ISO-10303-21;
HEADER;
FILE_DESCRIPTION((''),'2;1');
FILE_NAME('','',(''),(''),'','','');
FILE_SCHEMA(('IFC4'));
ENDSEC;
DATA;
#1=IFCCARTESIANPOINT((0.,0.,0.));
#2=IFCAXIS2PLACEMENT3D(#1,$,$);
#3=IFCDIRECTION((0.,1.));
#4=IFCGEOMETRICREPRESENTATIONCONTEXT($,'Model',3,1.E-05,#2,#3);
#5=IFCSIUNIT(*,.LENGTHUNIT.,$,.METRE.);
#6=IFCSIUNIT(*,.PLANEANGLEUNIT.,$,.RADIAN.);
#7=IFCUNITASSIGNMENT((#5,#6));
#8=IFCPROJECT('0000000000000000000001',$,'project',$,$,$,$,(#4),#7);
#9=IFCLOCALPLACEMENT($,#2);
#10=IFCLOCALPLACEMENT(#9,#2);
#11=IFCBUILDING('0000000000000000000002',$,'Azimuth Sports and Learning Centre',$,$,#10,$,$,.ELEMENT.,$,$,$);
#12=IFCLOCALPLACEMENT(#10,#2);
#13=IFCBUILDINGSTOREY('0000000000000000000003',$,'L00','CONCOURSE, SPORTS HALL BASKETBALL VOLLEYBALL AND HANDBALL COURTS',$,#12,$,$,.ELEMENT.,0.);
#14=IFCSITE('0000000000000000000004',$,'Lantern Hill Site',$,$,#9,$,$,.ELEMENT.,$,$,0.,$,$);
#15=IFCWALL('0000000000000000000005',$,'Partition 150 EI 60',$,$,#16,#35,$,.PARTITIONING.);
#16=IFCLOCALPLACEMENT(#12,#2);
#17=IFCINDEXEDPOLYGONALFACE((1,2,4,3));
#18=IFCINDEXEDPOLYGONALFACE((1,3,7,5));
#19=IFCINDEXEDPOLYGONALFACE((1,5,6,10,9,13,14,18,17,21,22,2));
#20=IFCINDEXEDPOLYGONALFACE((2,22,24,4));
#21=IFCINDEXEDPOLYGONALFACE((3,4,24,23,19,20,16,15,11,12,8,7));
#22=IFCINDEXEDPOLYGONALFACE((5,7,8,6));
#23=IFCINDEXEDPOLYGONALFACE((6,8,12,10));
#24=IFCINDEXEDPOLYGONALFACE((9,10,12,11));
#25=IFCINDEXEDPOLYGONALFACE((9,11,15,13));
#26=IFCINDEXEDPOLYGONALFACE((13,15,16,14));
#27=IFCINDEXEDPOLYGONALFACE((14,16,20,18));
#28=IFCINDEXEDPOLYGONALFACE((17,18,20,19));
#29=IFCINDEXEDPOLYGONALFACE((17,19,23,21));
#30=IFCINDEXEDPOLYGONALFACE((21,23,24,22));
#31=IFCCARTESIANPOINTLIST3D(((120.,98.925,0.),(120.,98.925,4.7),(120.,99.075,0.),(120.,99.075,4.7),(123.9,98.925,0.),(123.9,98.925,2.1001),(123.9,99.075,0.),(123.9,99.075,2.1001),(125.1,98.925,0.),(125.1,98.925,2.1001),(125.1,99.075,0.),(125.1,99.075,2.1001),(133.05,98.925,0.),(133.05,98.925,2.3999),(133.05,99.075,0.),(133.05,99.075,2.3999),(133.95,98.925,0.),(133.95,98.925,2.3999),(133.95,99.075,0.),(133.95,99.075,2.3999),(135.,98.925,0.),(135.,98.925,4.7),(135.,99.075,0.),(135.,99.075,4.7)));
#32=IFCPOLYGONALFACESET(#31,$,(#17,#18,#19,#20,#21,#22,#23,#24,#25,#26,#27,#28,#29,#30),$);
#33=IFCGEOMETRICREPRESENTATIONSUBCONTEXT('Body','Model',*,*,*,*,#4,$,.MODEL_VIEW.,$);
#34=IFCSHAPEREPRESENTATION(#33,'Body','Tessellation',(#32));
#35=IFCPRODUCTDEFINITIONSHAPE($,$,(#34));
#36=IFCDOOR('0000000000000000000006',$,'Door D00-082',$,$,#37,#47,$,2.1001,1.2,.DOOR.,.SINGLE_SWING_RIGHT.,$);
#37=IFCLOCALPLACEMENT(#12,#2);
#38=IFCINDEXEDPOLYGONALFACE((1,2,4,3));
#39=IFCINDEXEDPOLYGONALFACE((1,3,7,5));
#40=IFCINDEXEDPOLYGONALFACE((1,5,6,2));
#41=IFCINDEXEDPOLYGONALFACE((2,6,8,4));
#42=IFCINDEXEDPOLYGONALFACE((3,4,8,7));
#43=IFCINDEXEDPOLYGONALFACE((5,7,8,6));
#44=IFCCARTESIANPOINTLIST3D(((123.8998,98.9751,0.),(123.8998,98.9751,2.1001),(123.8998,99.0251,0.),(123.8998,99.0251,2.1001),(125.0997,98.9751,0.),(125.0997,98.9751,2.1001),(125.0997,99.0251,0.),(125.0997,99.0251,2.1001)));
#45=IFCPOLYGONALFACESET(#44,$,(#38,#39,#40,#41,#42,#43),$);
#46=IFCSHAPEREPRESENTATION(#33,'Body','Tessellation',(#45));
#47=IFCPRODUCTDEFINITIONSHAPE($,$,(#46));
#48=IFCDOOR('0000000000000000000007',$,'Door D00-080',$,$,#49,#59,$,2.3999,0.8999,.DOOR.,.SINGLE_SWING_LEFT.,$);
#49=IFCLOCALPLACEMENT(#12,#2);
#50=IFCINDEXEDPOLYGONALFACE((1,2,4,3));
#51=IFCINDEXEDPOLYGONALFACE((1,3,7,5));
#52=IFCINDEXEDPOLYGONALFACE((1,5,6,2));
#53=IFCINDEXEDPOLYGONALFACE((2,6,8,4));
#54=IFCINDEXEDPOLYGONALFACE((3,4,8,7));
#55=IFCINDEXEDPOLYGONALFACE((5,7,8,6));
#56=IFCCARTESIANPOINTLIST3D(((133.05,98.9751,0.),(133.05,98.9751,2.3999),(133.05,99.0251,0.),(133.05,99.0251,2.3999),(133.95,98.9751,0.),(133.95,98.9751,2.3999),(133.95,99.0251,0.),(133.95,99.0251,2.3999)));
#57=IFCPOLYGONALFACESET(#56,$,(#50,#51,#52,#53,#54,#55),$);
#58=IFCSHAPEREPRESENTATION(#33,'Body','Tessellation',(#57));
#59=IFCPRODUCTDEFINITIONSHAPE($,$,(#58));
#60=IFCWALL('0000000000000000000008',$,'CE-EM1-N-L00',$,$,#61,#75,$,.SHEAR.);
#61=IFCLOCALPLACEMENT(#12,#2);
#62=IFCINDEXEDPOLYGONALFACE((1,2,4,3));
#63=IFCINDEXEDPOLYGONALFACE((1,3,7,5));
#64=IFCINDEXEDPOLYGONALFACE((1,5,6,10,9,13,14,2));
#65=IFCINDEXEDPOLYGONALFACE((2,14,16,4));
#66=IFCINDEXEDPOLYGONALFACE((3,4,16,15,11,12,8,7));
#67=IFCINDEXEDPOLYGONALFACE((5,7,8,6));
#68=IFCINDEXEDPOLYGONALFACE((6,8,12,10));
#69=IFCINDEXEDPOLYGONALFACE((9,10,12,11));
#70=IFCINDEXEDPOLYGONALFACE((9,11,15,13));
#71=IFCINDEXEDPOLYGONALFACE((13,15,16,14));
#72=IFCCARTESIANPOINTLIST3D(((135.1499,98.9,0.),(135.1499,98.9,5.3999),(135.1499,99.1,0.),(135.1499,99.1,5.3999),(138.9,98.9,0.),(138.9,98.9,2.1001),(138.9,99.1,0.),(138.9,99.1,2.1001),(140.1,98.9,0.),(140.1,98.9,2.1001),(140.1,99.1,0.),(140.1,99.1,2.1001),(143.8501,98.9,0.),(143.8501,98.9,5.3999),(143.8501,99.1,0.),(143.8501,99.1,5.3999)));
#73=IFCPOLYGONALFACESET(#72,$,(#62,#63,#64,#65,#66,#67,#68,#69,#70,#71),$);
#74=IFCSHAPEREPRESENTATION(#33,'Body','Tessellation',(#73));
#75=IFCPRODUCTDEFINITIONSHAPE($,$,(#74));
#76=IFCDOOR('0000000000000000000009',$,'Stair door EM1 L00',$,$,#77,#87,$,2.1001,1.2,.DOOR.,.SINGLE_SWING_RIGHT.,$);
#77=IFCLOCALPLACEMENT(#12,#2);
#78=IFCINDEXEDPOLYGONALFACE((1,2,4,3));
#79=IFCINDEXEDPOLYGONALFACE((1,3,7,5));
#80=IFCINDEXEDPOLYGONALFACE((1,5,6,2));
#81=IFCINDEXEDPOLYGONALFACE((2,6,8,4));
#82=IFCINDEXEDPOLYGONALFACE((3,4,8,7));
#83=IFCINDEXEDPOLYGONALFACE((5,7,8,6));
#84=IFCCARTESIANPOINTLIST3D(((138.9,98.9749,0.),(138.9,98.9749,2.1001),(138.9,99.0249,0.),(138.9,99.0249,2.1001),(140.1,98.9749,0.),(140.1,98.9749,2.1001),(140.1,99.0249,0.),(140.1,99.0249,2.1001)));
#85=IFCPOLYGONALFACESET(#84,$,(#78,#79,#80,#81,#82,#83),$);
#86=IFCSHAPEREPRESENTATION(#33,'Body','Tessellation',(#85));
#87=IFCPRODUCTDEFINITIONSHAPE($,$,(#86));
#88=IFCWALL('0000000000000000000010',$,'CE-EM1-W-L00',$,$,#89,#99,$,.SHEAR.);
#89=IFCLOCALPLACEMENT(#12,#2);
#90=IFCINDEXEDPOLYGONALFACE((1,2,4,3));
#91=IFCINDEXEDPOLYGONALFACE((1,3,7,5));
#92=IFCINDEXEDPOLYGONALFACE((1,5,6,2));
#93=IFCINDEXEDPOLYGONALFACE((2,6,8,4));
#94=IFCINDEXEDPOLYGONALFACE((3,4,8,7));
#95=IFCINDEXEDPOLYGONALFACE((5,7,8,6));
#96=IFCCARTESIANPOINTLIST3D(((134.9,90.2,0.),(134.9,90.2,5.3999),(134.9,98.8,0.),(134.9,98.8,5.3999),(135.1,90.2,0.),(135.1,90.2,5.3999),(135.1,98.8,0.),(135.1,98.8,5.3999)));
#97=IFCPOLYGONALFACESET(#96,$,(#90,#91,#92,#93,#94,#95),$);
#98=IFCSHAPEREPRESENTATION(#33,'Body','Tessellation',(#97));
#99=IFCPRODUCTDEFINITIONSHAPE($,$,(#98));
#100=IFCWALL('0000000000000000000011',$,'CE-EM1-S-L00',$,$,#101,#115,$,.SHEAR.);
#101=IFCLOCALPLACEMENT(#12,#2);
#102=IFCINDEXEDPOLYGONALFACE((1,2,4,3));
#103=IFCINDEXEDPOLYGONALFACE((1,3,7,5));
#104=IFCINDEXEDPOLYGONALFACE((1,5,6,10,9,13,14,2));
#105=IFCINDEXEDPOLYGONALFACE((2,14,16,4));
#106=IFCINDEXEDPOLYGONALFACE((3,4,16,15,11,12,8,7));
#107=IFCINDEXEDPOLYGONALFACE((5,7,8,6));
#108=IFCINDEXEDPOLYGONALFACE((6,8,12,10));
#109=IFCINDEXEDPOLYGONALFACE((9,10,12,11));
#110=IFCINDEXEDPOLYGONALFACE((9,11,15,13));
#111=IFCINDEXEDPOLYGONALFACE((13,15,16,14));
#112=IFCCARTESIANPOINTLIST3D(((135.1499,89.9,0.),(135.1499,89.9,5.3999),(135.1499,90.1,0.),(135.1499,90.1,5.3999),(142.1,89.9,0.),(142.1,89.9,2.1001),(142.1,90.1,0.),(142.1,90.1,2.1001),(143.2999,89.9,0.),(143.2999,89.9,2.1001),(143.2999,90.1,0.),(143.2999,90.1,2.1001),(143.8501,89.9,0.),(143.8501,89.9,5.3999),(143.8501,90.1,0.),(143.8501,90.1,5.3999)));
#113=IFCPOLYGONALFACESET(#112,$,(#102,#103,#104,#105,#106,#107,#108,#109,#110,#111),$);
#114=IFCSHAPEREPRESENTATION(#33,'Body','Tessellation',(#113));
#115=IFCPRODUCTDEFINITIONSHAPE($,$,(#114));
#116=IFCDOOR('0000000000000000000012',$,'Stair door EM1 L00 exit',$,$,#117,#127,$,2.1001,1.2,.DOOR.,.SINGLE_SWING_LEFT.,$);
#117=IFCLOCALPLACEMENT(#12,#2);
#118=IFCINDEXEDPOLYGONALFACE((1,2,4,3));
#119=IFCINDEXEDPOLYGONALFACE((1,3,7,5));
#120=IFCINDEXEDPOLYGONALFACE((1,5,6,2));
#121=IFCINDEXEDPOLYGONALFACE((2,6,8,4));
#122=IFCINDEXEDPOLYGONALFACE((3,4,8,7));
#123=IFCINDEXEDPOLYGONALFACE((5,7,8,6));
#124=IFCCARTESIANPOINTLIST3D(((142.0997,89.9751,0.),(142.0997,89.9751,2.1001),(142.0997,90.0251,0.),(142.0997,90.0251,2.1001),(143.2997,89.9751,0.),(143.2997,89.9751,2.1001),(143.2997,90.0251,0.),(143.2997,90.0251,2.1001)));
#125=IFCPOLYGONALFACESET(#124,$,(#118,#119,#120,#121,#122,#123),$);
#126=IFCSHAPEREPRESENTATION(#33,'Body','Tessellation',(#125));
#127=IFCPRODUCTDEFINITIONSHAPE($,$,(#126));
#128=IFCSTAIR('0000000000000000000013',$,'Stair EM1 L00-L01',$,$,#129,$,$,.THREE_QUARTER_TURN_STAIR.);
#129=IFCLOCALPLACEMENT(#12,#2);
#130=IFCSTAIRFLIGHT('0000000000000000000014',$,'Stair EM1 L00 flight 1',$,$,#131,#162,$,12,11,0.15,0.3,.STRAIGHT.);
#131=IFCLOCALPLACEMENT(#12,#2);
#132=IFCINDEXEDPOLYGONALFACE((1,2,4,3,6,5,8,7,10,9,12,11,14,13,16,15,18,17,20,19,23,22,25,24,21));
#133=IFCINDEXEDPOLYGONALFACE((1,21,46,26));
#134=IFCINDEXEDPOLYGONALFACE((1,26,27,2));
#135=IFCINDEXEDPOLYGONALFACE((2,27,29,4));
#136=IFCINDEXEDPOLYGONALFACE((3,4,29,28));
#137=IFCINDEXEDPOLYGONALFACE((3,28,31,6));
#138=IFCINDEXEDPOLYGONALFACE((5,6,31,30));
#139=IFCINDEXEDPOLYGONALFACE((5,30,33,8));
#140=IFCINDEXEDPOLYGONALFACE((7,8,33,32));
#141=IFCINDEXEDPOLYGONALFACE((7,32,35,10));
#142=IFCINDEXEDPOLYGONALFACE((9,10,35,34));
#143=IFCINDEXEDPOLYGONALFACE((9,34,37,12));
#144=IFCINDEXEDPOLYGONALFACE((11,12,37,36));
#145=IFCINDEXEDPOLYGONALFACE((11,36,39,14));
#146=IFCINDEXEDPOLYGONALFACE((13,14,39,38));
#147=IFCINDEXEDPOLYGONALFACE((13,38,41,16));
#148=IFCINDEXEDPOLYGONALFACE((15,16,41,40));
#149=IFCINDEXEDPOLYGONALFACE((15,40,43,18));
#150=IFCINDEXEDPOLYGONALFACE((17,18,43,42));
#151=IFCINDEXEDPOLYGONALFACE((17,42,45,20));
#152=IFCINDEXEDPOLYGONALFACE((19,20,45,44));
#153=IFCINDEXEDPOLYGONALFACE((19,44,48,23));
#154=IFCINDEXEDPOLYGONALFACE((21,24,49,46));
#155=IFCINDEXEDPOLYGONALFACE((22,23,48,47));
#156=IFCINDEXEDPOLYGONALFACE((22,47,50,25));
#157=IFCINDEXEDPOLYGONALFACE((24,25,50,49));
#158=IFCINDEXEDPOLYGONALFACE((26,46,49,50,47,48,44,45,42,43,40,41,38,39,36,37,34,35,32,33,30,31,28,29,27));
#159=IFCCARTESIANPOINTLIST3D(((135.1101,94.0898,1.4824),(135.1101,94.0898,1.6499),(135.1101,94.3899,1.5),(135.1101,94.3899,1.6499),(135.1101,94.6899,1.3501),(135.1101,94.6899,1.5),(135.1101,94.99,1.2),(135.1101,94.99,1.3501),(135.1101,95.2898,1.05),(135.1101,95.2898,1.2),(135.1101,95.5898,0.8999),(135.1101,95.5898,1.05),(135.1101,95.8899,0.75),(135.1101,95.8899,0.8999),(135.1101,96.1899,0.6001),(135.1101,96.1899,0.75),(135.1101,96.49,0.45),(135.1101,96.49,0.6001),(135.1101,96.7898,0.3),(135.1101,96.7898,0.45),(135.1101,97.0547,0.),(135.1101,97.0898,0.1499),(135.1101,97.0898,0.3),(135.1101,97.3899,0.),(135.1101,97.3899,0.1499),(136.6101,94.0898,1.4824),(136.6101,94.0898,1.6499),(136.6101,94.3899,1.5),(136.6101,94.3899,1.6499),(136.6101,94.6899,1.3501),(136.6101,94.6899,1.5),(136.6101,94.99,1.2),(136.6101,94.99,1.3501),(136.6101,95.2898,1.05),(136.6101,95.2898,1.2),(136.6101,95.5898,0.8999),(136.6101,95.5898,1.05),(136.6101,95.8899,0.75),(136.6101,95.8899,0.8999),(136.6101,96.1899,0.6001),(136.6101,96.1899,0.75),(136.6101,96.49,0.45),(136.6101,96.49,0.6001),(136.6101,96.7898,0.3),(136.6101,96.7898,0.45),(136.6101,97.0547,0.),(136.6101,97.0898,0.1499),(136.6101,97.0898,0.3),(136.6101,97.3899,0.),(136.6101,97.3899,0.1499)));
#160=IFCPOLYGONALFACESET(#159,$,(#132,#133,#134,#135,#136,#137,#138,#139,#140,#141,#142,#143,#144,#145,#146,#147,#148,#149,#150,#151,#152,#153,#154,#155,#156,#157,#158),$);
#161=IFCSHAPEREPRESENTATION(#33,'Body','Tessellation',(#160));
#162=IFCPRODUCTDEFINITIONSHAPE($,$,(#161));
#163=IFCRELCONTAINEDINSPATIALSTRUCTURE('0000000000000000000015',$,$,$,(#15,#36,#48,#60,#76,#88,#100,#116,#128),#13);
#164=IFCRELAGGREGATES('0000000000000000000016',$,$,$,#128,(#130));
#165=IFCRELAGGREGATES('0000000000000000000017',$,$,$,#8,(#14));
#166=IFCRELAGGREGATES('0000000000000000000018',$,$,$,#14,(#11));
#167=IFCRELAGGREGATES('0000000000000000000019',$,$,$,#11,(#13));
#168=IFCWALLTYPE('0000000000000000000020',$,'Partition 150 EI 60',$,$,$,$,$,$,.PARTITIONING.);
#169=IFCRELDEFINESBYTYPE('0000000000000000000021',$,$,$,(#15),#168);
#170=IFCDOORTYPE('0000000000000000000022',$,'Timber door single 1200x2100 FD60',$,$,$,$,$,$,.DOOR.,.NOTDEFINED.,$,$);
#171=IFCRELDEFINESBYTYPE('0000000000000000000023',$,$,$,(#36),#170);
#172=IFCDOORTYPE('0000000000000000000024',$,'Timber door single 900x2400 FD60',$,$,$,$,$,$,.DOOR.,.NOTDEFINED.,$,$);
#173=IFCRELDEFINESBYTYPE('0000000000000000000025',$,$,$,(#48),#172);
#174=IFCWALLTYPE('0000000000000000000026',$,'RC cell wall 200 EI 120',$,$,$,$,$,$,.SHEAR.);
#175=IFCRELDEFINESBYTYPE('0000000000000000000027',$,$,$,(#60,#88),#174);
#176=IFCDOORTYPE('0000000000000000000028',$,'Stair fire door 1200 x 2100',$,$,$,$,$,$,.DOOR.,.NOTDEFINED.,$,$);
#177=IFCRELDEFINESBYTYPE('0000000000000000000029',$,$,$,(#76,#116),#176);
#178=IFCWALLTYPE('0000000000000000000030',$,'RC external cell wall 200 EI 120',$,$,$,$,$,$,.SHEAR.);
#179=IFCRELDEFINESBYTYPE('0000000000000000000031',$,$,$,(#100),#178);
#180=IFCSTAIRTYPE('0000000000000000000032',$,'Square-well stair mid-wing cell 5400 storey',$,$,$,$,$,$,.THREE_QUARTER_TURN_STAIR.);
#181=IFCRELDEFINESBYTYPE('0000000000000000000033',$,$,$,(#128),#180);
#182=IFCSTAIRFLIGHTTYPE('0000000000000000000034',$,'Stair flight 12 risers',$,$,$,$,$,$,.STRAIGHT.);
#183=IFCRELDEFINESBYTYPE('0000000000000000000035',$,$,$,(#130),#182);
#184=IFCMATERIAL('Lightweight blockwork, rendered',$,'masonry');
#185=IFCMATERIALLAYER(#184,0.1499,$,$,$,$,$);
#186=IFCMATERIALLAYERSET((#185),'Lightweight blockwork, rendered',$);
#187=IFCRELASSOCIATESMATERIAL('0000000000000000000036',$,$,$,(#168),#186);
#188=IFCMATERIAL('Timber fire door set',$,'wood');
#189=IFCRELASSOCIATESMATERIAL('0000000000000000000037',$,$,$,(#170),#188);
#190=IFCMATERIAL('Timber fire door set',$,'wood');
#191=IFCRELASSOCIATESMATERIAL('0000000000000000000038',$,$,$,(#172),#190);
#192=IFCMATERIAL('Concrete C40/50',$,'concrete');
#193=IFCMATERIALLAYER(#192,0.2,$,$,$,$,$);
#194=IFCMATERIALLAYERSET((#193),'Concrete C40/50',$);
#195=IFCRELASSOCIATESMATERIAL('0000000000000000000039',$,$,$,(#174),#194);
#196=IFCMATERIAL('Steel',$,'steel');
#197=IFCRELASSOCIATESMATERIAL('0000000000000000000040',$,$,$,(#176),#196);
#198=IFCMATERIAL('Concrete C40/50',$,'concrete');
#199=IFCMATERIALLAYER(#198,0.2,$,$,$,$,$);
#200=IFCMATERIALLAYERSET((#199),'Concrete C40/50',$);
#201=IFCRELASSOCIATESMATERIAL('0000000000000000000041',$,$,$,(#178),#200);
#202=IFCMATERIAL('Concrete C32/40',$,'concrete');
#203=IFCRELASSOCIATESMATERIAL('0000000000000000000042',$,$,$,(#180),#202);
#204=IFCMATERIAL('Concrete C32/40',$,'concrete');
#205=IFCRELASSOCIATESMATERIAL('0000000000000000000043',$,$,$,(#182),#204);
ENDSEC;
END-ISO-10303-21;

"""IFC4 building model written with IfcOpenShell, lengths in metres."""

from ifc_helpers import new_model, si_unit, direction, frame, frame_2d, origin, place, context, subcontext, project, spatial, polyline, rectangle, outline, extrude, material, layer, layer_set, type_object, element, fill, aggregate, save


model = new_model("IFC4")

# Units and contexts
model_context = context("Model", 3, precision=1e-05, world=origin(), true_north=direction((0.0, 1.0)))
body_context = subcontext(model_context, "Body", "Model", "MODEL_VIEW")
ifc_project = project(units=[si_unit("LENGTHUNIT", "METRE"), si_unit("PLANEANGLEUNIT", "RADIAN")], contexts=[model_context])

# Site, building, storey
site_placement = place(None, origin())
site = spatial("IfcSite", under=ifc_project, at=site_placement, Name="Lantern Hill Site", CompositionType="ELEMENT", RefElevation=0.0)
building_placement = place(site_placement, origin())
building = spatial("IfcBuilding", under=site, at=building_placement, Name="Azimuth Sports and Learning Centre", CompositionType="ELEMENT")
storey_placement = place(building_placement, origin())
storey = spatial("IfcBuildingStorey", under=building, at=storey_placement, Name="L00", Description="CONCOURSE, SPORTS HALL BASKETBALL VOLLEYBALL AND HANDBALL COURTS", CompositionType="ELEMENT", Elevation=0.0)

# Wall, openings, doors
ifc_material_1 = material(Name="Lightweight blockwork, rendered", Category="masonry")
ifc_layer_1 = layer(ifc_material_1, 0.1499)
ifc_layer_set_1 = layer_set([ifc_layer_1], Name="Lightweight blockwork, rendered")
wall_type_1 = type_object("IfcWallType", Name="Partition 150 EI 60", PredefinedType="PARTITIONING", material=ifc_layer_set_1)
wall_1_placement = place(storey_placement, frame((120.0, 99.0, 0.0), z_axis=(0.0, 0.0, 1.0), x_axis=(1.0, 0.0, 0.0)))
wall_1 = element("IfcWall", 1, at=wall_1_placement, inside=storey, type_object=wall_type_1, Name="Partition 150 EI 60", PredefinedType="PARTITIONING", context=body_context, shape_type="SweptSolid", body=[
    extrude(rectangle(XDim=15.0, YDim=0.1499, at=frame_2d((7.5, 0.0))), origin(), (0.0, 0.0, 1.0), 4.7),
])
opening_1_placement = place(wall_1_placement, frame((13.05, 0.0, 0.0)))
opening_1 = element("IfcOpeningElement", 2, at=opening_1_placement, cuts=wall_1, PredefinedType="OPENING", context=body_context, shape_type="SweptSolid", body=[
    extrude(rectangle(XDim=0.8999, YDim=2.3999, at=frame_2d((0.45, 1.2))), frame((0.0, 0.0859, 0.0), z_axis=(0.0, -1.0, 0.0), x_axis=(1.0, 0.0, 0.0)), (0.0, 0.0, 1.0), 0.1719),
])
opening_2_placement = place(wall_1_placement, frame((3.8999, 0.0, 0.0)))
opening_2 = element("IfcOpeningElement", 3, at=opening_2_placement, cuts=wall_1, PredefinedType="OPENING", context=body_context, shape_type="SweptSolid", body=[
    extrude(rectangle(XDim=1.2, YDim=2.1001, at=frame_2d((0.6001, 1.05))), frame((0.0, 0.0859, 0.0), z_axis=(0.0, -1.0, 0.0), x_axis=(1.0, 0.0, 0.0)), (0.0, 0.0, 1.0), 0.1719),
])
ifc_material_2 = material(Name="Timber fire door set", Category="wood")
door_type_1 = type_object("IfcDoorType", Name="Timber door single 1200x2100 FD60", OperationType="NOTDEFINED", PredefinedType="DOOR", material=ifc_material_2)
door_1_placement = place(opening_2_placement, frame((1.2, 0.0, 0.0), z_axis=(0.0, 0.0, 1.0), x_axis=(-1.0, 0.0, 0.0)))
door_1 = element("IfcDoor", 4, at=door_1_placement, inside=storey, type_object=door_type_1, Name="Door D00-082", OperationType="SINGLE_SWING_RIGHT", OverallHeight=2.1001, OverallWidth=1.2, PredefinedType="DOOR", context=body_context, shape_type="SweptSolid", body=[
    extrude(rectangle(XDim=1.2, YDim=2.1001, at=frame_2d((0.6001, 1.05))), frame((0.0, 0.0249, 0.0), z_axis=(0.0, -1.0, 0.0), x_axis=(1.0, 0.0, 0.0)), (0.0, 0.0, 1.0), 0.05),
])
fill(opening_2, door_1)
ifc_material_3 = material(Name="Timber fire door set", Category="wood")
door_type_2 = type_object("IfcDoorType", Name="Timber door single 900x2400 FD60", OperationType="NOTDEFINED", PredefinedType="DOOR", material=ifc_material_3)
door_2_placement = place(opening_1_placement, frame((0.8999, 0.0, 0.0), z_axis=(0.0, 0.0, 1.0), x_axis=(-1.0, 0.0, 0.0)))
door_2 = element("IfcDoor", 5, at=door_2_placement, inside=storey, type_object=door_type_2, Name="Door D00-080", OperationType="SINGLE_SWING_LEFT", OverallHeight=2.3999, OverallWidth=0.8999, PredefinedType="DOOR", context=body_context, shape_type="SweptSolid", body=[
    extrude(rectangle(XDim=0.8999, YDim=2.3999, at=frame_2d((0.45, 1.2))), frame((0.0, 0.0249, 0.0), z_axis=(0.0, -1.0, 0.0), x_axis=(1.0, 0.0, 0.0)), (0.0, 0.0, 1.0), 0.05),
])
fill(opening_1, door_2)

# Wall, opening, door
ifc_material_4 = material(Name="Concrete C40/50", Category="concrete")
ifc_layer_2 = layer(ifc_material_4, 0.2)
ifc_layer_set_2 = layer_set([ifc_layer_2], Name="Concrete C40/50")
wall_type_2 = type_object("IfcWallType", Name="RC cell wall 200 EI 120", PredefinedType="SHEAR", material=ifc_layer_set_2)
wall_2_placement = place(storey_placement, frame((135.1499, 99.0, 0.0), z_axis=(0.0, 0.0, 1.0), x_axis=(1.0, 0.0, 0.0)))
wall_2 = element("IfcWall", 6, at=wall_2_placement, inside=storey, type_object=wall_type_2, Name="CE-EM1-N-L00", PredefinedType="SHEAR", context=body_context, shape_type="SweptSolid", body=[
    extrude(rectangle(XDim=8.7002, YDim=0.2, at=frame_2d((4.3501, 0.0))), origin(), (0.0, 0.0, 1.0), 5.3999),
])
opening_3_placement = place(wall_2_placement, frame((3.75, 0.0, 0.0)))
opening_3 = element("IfcOpeningElement", 7, at=opening_3_placement, cuts=wall_2, PredefinedType="OPENING", context=body_context, shape_type="SweptSolid", body=[
    extrude(rectangle(XDim=1.2, YDim=2.1001, at=frame_2d((0.6001, 1.05))), frame((0.0, 0.1108, 0.0), z_axis=(0.0, -1.0, 0.0), x_axis=(1.0, 0.0, 0.0)), (0.0, 0.0, 1.0), 0.2219),
])
ifc_material_5 = material(Name="Steel", Category="steel")
door_type_3 = type_object("IfcDoorType", Name="Stair fire door 1200 x 2100", OperationType="NOTDEFINED", PredefinedType="DOOR", material=ifc_material_5)
door_3_placement = place(opening_3_placement, origin())
door_3 = element("IfcDoor", 8, at=door_3_placement, inside=storey, type_object=door_type_3, Name="Stair door EM1 L00", OperationType="SINGLE_SWING_RIGHT", OverallHeight=2.1001, OverallWidth=1.2, PredefinedType="DOOR", context=body_context, shape_type="SweptSolid", body=[
    extrude(rectangle(XDim=1.2, YDim=2.1001, at=frame_2d((0.6001, 1.05))), frame((0.0, 0.0249, 0.0), z_axis=(0.0, -1.0, 0.0), x_axis=(1.0, 0.0, 0.0)), (0.0, 0.0, 1.0), 0.05),
])
fill(opening_3, door_3)

# Wall
wall_3_placement = place(storey_placement, frame((135.0, 90.2, 0.0), z_axis=(0.0, 0.0, 1.0), x_axis=(0.0, 1.0, 0.0)))
element("IfcWall", 9, at=wall_3_placement, inside=storey, type_object=wall_type_2, Name="CE-EM1-W-L00", PredefinedType="SHEAR", context=body_context, shape_type="SweptSolid", body=[
    extrude(rectangle(XDim=8.6001, YDim=0.2, at=frame_2d((4.3, 0.0))), origin(), (0.0, 0.0, 1.0), 5.3999),
])

# Wall, opening, door
ifc_material_6 = material(Name="Concrete C40/50", Category="concrete")
ifc_layer_3 = layer(ifc_material_6, 0.2)
ifc_layer_set_3 = layer_set([ifc_layer_3], Name="Concrete C40/50")
wall_type_3 = type_object("IfcWallType", Name="RC external cell wall 200 EI 120", PredefinedType="SHEAR", material=ifc_layer_set_3)
wall_4_placement = place(storey_placement, frame((135.1499, 90.0, 0.0), z_axis=(0.0, 0.0, 1.0), x_axis=(1.0, 0.0, 0.0)))
wall_4 = element("IfcWall", 10, at=wall_4_placement, inside=storey, type_object=wall_type_3, Name="CE-EM1-S-L00", PredefinedType="SHEAR", context=body_context, shape_type="SweptSolid", body=[
    extrude(rectangle(XDim=8.7002, YDim=0.2, at=frame_2d((4.3501, 0.0))), origin(), (0.0, 0.0, 1.0), 5.3999),
])
opening_4_placement = place(wall_4_placement, frame((6.95, 0.0, 0.0)))
opening_4 = element("IfcOpeningElement", 11, at=opening_4_placement, cuts=wall_4, PredefinedType="OPENING", context=body_context, shape_type="SweptSolid", body=[
    extrude(rectangle(XDim=1.2, YDim=2.1001, at=frame_2d((0.6001, 1.05))), frame((0.0, 0.1108, 0.0), z_axis=(0.0, -1.0, 0.0), x_axis=(1.0, 0.0, 0.0)), (0.0, 0.0, 1.0), 0.2219),
])
door_4_placement = place(opening_4_placement, frame((1.2, 0.0, 0.0), z_axis=(0.0, 0.0, 1.0), x_axis=(-1.0, 0.0, 0.0)))
door_4 = element("IfcDoor", 12, at=door_4_placement, inside=storey, type_object=door_type_3, Name="Stair door EM1 L00 exit", OperationType="SINGLE_SWING_LEFT", OverallHeight=2.1001, OverallWidth=1.2, PredefinedType="DOOR", context=body_context, shape_type="SweptSolid", body=[
    extrude(rectangle(XDim=1.2, YDim=2.1001, at=frame_2d((0.6001, 1.05))), frame((0.0, 0.0249, 0.0), z_axis=(0.0, -1.0, 0.0), x_axis=(1.0, 0.0, 0.0)), (0.0, 0.0, 1.0), 0.05),
])
fill(opening_4, door_4)

# Stair, stair flight
ifc_material_7 = material(Name="Concrete C32/40", Category="concrete")
stair_type = type_object("IfcStairType", Name="Square-well stair mid-wing cell 5400 storey", PredefinedType="THREE_QUARTER_TURN_STAIR", material=ifc_material_7)
stair_placement = place(storey_placement, origin())
stair = element("IfcStair", 13, at=stair_placement, inside=storey, type_object=stair_type, Name="Stair EM1 L00-L01", PredefinedType="THREE_QUARTER_TURN_STAIR")
ifc_material_8 = material(Name="Concrete C32/40", Category="concrete")
stair_flight_type = type_object("IfcStairFlightType", Name="Stair flight 12 risers", PredefinedType="STRAIGHT", material=ifc_material_8)
stair_flight_placement = place(storey_placement, frame((135.8601, 97.3899, 0.0), z_axis=(0.0, 0.0, 1.0), x_axis=(0.0, -1.0, 0.0)))
stair_flight = element("IfcStairFlight", 14, at=stair_flight_placement, type_object=stair_flight_type, Name="Stair EM1 L00 flight 1", NumberOfRisers=12, NumberOfTreads=11, PredefinedType="STRAIGHT", RiserHeight=0.15, TreadLength=0.3, context=body_context, shape_type="SweptSolid", body=[
    extrude(outline(polyline([(0.0, 0.0), (0.0, 0.1499), (0.3, 0.1499), (0.3, 0.3), (0.6001, 0.3), (0.6001, 0.45), (0.8999, 0.45), (0.8999, 0.6001), (1.2, 0.6001), (1.2, 0.75), (1.5, 0.75), (1.5, 0.8999), (1.8, 0.8999), (1.8, 1.05), (2.1001, 1.05), (2.1001, 1.2), (2.3999, 1.2), (2.3999, 1.3501), (2.7, 1.3501), (2.7, 1.5), (3.0, 1.5), (3.0, 1.6499), (3.3, 1.6499), (3.3, 1.8), (3.3, 1.4824), (0.3352, 0.0), (0.0, 0.0)])), frame((0.0, 0.75, 0.0), z_axis=(0.0, -1.0, 0.0), x_axis=(1.0, 0.0, 0.0)), (0.0, 0.0, 1.0), 1.5),
])
aggregate(stair, [stair_flight])

save(model, "model.ifc")
